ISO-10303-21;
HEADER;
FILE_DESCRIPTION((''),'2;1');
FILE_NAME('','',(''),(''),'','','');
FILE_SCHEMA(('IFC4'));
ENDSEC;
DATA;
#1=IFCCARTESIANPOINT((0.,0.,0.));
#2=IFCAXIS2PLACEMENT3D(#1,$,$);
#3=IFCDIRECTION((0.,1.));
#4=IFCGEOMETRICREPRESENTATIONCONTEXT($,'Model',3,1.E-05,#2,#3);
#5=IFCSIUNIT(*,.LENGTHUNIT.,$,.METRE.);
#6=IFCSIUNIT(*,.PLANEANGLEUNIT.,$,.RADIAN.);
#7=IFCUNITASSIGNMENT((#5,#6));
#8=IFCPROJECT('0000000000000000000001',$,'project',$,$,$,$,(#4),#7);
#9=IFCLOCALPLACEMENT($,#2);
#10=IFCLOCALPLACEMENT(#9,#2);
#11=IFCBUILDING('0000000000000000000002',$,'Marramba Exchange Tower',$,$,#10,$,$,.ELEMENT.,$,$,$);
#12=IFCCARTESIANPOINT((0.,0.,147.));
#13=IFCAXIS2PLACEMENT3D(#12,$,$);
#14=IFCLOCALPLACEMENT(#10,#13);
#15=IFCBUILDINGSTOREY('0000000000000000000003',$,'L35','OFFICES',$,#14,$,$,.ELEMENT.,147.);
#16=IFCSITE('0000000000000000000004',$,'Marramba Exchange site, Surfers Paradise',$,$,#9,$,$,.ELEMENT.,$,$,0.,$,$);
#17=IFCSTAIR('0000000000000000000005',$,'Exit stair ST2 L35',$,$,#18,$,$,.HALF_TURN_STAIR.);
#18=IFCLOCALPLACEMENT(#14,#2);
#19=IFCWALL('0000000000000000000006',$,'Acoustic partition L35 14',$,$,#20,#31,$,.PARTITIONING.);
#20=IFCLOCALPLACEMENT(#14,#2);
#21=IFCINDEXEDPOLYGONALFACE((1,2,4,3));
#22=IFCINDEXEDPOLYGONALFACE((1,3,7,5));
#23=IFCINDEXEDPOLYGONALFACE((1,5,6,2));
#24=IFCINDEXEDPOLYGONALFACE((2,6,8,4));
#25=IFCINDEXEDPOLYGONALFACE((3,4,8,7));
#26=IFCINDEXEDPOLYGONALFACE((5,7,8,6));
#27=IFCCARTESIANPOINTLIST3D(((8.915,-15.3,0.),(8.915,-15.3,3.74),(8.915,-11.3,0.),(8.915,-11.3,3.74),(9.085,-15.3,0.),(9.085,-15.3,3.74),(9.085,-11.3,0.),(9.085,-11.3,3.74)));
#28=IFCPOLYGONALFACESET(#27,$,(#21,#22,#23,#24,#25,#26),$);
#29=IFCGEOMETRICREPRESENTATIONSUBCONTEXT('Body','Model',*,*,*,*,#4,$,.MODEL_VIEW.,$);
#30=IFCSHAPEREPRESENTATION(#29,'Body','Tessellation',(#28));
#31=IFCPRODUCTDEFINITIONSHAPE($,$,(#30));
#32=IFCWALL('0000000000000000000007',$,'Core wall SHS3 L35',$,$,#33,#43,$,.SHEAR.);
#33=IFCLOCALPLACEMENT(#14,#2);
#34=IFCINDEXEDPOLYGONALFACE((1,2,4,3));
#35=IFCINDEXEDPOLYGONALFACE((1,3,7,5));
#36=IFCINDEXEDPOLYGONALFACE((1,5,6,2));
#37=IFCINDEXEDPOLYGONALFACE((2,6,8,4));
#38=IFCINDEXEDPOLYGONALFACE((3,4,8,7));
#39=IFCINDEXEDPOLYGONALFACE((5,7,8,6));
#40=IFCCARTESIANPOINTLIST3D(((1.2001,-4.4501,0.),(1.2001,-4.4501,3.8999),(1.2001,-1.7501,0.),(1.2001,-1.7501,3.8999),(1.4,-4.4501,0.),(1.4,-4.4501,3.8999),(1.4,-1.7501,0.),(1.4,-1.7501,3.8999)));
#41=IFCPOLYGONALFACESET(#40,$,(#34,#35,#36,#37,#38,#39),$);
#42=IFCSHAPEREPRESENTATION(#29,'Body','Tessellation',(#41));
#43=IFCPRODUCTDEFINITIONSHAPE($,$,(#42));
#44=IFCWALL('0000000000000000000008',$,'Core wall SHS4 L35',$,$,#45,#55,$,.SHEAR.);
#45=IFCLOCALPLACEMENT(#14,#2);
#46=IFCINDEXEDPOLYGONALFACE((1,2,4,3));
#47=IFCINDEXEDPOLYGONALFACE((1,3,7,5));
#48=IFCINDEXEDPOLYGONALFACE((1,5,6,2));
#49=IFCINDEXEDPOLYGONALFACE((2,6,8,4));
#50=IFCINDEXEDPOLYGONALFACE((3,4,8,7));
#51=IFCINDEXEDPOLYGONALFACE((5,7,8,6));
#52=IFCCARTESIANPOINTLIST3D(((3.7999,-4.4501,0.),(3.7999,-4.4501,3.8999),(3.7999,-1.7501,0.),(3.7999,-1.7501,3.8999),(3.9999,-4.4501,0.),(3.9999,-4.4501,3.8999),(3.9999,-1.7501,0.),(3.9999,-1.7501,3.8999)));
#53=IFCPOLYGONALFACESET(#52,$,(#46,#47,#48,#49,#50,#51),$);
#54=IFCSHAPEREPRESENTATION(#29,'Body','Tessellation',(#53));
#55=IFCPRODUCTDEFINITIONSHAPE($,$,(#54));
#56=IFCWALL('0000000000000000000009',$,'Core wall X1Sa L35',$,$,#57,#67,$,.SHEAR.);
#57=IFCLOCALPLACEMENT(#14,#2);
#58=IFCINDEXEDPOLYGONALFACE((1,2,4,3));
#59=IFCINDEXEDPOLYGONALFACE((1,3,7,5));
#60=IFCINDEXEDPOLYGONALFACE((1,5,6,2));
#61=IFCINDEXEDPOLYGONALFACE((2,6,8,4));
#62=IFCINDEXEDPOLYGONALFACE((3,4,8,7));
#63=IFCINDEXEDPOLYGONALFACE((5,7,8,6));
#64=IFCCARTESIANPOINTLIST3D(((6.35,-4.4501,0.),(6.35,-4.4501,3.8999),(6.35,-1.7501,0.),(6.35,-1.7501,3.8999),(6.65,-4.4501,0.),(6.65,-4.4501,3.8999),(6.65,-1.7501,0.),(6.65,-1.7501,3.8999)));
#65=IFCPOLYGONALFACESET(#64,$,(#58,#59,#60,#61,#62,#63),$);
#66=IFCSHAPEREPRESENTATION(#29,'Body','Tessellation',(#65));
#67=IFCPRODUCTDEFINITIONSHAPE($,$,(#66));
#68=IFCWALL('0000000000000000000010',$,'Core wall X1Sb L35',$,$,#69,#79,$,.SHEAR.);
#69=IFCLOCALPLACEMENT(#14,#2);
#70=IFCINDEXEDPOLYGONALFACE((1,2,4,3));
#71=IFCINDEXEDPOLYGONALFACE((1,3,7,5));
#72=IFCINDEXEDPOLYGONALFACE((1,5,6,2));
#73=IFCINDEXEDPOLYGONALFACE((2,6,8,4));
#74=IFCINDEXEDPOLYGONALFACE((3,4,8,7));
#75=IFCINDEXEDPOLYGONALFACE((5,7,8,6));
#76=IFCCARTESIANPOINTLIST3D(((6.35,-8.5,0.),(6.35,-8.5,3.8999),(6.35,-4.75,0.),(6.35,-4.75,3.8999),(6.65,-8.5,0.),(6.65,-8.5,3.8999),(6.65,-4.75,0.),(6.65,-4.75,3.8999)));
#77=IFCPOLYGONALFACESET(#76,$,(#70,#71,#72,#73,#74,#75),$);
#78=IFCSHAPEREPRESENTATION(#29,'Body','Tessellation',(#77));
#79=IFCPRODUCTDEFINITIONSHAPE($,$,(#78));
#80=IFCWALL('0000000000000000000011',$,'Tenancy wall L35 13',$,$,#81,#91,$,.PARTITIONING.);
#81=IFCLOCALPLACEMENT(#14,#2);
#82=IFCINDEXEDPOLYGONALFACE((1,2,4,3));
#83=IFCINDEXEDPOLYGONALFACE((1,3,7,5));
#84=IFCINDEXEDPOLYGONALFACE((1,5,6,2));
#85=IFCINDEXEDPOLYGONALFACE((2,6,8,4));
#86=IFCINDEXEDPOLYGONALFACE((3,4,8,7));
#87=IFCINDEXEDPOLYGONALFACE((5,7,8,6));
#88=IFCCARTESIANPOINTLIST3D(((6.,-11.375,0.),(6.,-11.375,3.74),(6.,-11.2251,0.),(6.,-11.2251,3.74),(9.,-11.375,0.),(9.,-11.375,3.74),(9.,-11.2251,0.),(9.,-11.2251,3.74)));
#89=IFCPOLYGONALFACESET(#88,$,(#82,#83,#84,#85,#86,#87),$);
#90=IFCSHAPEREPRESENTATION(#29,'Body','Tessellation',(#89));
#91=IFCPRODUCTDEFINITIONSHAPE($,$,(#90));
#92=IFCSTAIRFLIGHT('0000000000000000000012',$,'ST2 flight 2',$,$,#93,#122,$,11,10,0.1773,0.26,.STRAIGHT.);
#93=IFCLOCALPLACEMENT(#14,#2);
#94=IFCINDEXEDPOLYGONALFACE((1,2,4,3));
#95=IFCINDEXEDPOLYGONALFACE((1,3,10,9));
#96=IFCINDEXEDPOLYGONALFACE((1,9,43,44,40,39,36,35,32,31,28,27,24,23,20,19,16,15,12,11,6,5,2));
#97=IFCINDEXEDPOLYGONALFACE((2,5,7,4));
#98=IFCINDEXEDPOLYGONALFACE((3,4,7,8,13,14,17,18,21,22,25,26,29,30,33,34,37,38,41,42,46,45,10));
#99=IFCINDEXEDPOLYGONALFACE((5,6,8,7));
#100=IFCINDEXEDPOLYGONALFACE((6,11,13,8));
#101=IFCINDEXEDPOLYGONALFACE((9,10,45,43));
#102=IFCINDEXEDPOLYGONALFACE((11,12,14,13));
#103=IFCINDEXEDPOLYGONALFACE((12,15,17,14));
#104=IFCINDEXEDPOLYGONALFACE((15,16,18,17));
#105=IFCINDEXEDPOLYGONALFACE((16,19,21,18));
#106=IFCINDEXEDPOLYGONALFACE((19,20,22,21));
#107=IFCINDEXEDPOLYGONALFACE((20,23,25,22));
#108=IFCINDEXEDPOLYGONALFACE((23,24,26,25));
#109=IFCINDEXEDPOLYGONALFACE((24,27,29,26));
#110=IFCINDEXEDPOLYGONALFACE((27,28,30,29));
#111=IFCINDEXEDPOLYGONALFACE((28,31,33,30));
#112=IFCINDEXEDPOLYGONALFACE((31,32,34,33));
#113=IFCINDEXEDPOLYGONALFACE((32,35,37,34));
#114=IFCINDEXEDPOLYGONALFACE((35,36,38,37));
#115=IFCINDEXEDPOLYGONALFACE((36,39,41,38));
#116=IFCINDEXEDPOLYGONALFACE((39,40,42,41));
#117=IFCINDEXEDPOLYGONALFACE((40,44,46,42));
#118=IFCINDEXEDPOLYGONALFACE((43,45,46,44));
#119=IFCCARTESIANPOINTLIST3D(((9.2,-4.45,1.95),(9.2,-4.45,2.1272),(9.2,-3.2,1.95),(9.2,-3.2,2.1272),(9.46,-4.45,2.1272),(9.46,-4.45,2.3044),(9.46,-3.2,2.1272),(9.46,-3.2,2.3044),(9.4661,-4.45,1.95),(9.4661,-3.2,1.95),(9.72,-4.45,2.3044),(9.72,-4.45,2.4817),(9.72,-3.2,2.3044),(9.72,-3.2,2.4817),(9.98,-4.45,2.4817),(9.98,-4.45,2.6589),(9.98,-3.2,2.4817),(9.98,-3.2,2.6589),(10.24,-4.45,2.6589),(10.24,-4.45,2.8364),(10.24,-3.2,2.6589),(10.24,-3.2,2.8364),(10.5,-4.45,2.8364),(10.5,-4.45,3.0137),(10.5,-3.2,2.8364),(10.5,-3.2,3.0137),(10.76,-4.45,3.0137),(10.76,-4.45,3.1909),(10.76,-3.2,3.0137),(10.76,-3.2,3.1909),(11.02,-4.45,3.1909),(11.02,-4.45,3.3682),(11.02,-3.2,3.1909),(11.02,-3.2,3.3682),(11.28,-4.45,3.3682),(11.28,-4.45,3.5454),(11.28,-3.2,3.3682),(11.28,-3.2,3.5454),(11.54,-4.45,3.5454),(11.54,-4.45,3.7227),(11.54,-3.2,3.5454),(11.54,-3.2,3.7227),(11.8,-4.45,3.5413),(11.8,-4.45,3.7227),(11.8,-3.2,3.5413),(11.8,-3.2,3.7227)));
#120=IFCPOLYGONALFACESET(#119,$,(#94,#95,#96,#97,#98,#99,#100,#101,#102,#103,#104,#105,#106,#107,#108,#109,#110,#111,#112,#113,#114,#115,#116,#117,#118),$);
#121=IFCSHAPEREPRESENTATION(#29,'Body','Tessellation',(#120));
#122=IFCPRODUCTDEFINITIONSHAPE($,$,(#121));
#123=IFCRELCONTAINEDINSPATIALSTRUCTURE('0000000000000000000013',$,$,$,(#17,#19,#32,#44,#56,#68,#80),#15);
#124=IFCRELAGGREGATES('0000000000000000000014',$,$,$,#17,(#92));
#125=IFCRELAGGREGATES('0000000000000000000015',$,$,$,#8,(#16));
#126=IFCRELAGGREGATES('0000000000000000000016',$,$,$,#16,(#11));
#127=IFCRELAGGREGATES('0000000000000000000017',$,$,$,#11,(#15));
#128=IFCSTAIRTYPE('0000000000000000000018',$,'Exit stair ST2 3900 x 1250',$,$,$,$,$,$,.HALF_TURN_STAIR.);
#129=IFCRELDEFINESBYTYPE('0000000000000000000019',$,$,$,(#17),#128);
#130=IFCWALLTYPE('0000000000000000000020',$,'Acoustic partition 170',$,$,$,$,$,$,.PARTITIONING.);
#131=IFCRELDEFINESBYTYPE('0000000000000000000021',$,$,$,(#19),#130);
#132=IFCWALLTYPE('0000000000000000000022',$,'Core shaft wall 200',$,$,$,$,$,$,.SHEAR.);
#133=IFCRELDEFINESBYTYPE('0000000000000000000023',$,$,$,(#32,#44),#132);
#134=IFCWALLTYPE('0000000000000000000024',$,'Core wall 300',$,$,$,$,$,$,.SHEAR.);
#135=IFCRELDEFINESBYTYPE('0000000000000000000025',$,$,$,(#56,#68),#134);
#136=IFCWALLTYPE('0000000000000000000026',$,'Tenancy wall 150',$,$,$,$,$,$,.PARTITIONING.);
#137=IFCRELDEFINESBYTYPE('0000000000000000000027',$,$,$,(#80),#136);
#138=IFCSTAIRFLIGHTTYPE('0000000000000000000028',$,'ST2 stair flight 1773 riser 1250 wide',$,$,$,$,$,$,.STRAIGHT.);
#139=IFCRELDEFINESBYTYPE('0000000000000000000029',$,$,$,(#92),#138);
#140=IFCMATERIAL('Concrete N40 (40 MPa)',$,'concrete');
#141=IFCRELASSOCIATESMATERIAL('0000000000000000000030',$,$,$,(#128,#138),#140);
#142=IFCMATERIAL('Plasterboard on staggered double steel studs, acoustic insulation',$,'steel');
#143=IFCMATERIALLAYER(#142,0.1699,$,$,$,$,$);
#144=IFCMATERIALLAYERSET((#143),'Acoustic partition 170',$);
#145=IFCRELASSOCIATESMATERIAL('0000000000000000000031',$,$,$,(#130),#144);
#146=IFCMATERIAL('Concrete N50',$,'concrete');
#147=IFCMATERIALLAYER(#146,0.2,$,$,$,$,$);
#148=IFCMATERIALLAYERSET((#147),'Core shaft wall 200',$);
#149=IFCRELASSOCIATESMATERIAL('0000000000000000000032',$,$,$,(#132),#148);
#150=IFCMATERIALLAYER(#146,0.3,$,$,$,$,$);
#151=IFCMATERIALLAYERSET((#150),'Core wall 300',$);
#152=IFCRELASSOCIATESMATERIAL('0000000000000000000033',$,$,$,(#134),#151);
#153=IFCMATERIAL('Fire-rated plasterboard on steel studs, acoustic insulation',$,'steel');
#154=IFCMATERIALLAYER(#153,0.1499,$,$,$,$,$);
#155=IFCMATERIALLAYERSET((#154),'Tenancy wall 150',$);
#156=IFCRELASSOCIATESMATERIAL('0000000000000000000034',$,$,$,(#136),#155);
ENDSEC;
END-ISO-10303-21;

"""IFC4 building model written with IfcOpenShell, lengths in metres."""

from ifc_helpers import new_model, si_unit, direction, frame, frame_2d, origin, place, context, subcontext, project, spatial, polyline, rectangle, outline, extrude, material, layer, layer_set, type_object, element, aggregate, save


model = new_model("IFC4")

# Units and contexts
model_context = context("Model", 3, precision=1e-05, world=origin(), true_north=direction((0.0, 1.0)))
body_context = subcontext(model_context, "Body", "Model", "MODEL_VIEW")
ifc_project = project(units=[si_unit("LENGTHUNIT", "METRE"), si_unit("PLANEANGLEUNIT", "RADIAN")], contexts=[model_context])

# Site, building, storey
site_placement = place(None, origin())
site = spatial("IfcSite", under=ifc_project, at=site_placement, Name="Marramba Exchange site, Surfers Paradise", CompositionType="ELEMENT", RefElevation=0.0)
building_placement = place(site_placement, origin())
building = spatial("IfcBuilding", under=site, at=building_placement, Name="Marramba Exchange Tower", CompositionType="ELEMENT")
storey_placement = place(building_placement, frame((0.0, 0.0, 147.0)))
storey = spatial("IfcBuildingStorey", under=building, at=storey_placement, Name="L35", Description="OFFICES", CompositionType="ELEMENT", Elevation=147.0)

# Shared definitions
ifc_material_1 = material(Name="Concrete N40 (40 MPa)", Category="concrete")

# Stair
stair_type_1 = type_object("IfcStairType", Name="Exit stair ST2 3900 x 1250", PredefinedType="HALF_TURN_STAIR", material=ifc_material_1)
stair_1_placement = place(storey_placement, origin())
stair_1 = element("IfcStair", 1, at=stair_1_placement, inside=storey, type_object=stair_type_1, Name="Exit stair ST2 L35", PredefinedType="HALF_TURN_STAIR")

# Walls
ifc_material_2 = material(Name="Plasterboard on staggered double steel studs, acoustic insulation", Category="steel")
ifc_layer_1 = layer(ifc_material_2, 0.1699)
ifc_layer_set_1 = layer_set([ifc_layer_1], Name="Acoustic partition 170")
wall_type_1 = type_object("IfcWallType", Name="Acoustic partition 170", PredefinedType="PARTITIONING", material=ifc_layer_set_1)
for number, where, z_axis, x_axis, name in (
    (2, (9.0, -11.3, 0.0), (0.0, 0.0, 1.0), (0.0, -1.0, 0.0), "Acoustic partition L35 14"),
):
    element("IfcWall", number, at=place(storey_placement, frame(where, z_axis=z_axis, x_axis=x_axis)), inside=storey, type_object=wall_type_1, Name=name, PredefinedType="PARTITIONING", context=body_context, shape_type="SweptSolid", body=[
        extrude(rectangle(XDim=4.0, YDim=0.1699, at=frame_2d((2.0, 0.0))), origin(), (0.0, 0.0, 1.0), 3.74),
    ])
ifc_material_3 = material(Name="Concrete N50", Category="concrete")
ifc_layer_2 = layer(ifc_material_3, 0.2)
ifc_layer_set_2 = layer_set([ifc_layer_2], Name="Core shaft wall 200")
wall_type_2 = type_object("IfcWallType", Name="Core shaft wall 200", PredefinedType="SHEAR", material=ifc_layer_set_2)
for number, where, z_axis, x_axis, name in (
    (3, (1.3, -1.75, 0.0), (0.0, 0.0, 1.0), (0.0, -1.0, 0.0), "Core wall SHS3 L35"),
    (4, (3.8999, -1.75, 0.0), (0.0, 0.0, 1.0), (0.0, -1.0, 0.0), "Core wall SHS4 L35"),
):
    element("IfcWall", number, at=place(storey_placement, frame(where, z_axis=z_axis, x_axis=x_axis)), inside=storey, type_object=wall_type_2, Name=name, PredefinedType="SHEAR", context=body_context, shape_type="SweptSolid", body=[
        extrude(rectangle(XDim=2.7, YDim=0.2, at=frame_2d((1.3501, 0.0))), origin(), (0.0, 0.0, 1.0), 3.8999),
    ])
ifc_layer_3 = layer(ifc_material_3, 0.3)
ifc_layer_set_3 = layer_set([ifc_layer_3], Name="Core wall 300")
wall_type_3 = type_object("IfcWallType", Name="Core wall 300", PredefinedType="SHEAR", material=ifc_layer_set_3)
wall_1_placement = place(storey_placement, frame((6.5, -1.75, 0.0), z_axis=(0.0, 0.0, 1.0), x_axis=(0.0, -1.0, 0.0)))
element("IfcWall", 5, at=wall_1_placement, inside=storey, type_object=wall_type_3, Name="Core wall X1Sa L35", PredefinedType="SHEAR", context=body_context, shape_type="SweptSolid", body=[
    extrude(rectangle(XDim=2.7, YDim=0.3, at=frame_2d((1.3501, 0.0))), origin(), (0.0, 0.0, 1.0), 3.8999),
])
wall_2_placement = place(storey_placement, frame((6.5, -4.75, 0.0), z_axis=(0.0, 0.0, 1.0), x_axis=(0.0, -1.0, 0.0)))
element("IfcWall", 6, at=wall_2_placement, inside=storey, type_object=wall_type_3, Name="Core wall X1Sb L35", PredefinedType="SHEAR", context=body_context, shape_type="SweptSolid", body=[
    extrude(rectangle(XDim=3.75, YDim=0.3, at=frame_2d((1.875, 0.0))), origin(), (0.0, 0.0, 1.0), 3.8999),
])

# Wall
ifc_material_4 = material(Name="Fire-rated plasterboard on steel studs, acoustic insulation", Category="steel")
ifc_layer_4 = layer(ifc_material_4, 0.1499)
ifc_layer_set_4 = layer_set([ifc_layer_4], Name="Tenancy wall 150")
wall_type_4 = type_object("IfcWallType", Name="Tenancy wall 150", PredefinedType="PARTITIONING", material=ifc_layer_set_4)
wall_3_placement = place(storey_placement, frame((6.0, -11.3, 0.0), z_axis=(0.0, 0.0, 1.0), x_axis=(1.0, 0.0, 0.0)))
element("IfcWall", 7, at=wall_3_placement, inside=storey, type_object=wall_type_4, Name="Tenancy wall L35 13", PredefinedType="PARTITIONING", context=body_context, shape_type="SweptSolid", body=[
    extrude(rectangle(XDim=3.0, YDim=0.1499, at=frame_2d((1.5, 0.0))), origin(), (0.0, 0.0, 1.0), 3.74),
])

# Stair flight
stair_flight_type = type_object("IfcStairFlightType", Name="ST2 stair flight 1773 riser 1250 wide", PredefinedType="STRAIGHT", material=ifc_material_1)
stair_flight_placement = place(storey_placement, frame((9.2, -3.825, 1.95), z_axis=(0.0, 0.0, 1.0), x_axis=(1.0, 0.0, 0.0)))
stair_flight = element("IfcStairFlight", 8, at=stair_flight_placement, type_object=stair_flight_type, Name="ST2 flight 2", NumberOfRisers=11, NumberOfTreads=10, PredefinedType="STRAIGHT", RiserHeight=0.1773, TreadLength=0.26, context=body_context, shape_type="SweptSolid", body=[
    extrude(outline(polyline([(0.0, 0.0), (0.0, 0.1772), (0.26, 0.1772), (0.26, 0.3545), (0.52, 0.3545), (0.52, 0.5317), (0.78, 0.5317), (0.78, 0.709), (1.04, 0.709), (1.04, 0.8865), (1.3, 0.8865), (1.3, 1.0637), (1.5601, 1.0637), (1.5601, 1.241), (1.8201, 1.241), (1.8201, 1.4182), (2.0801, 1.4182), (2.0801, 1.5955), (2.3401, 1.5955), (2.3401, 1.7727), (2.6001, 1.7727), (2.6001, 1.95), (2.6001, 1.5913), (0.2661, 0.0), (0.0, 0.0)])), frame((0.0, 0.625, 0.0), z_axis=(0.0, -1.0, 0.0), x_axis=(1.0, 0.0, 0.0)), (0.0, 0.0, 1.0), 1.25),
])
aggregate(stair_1, [stair_flight])

save(model, "model.ifc")
